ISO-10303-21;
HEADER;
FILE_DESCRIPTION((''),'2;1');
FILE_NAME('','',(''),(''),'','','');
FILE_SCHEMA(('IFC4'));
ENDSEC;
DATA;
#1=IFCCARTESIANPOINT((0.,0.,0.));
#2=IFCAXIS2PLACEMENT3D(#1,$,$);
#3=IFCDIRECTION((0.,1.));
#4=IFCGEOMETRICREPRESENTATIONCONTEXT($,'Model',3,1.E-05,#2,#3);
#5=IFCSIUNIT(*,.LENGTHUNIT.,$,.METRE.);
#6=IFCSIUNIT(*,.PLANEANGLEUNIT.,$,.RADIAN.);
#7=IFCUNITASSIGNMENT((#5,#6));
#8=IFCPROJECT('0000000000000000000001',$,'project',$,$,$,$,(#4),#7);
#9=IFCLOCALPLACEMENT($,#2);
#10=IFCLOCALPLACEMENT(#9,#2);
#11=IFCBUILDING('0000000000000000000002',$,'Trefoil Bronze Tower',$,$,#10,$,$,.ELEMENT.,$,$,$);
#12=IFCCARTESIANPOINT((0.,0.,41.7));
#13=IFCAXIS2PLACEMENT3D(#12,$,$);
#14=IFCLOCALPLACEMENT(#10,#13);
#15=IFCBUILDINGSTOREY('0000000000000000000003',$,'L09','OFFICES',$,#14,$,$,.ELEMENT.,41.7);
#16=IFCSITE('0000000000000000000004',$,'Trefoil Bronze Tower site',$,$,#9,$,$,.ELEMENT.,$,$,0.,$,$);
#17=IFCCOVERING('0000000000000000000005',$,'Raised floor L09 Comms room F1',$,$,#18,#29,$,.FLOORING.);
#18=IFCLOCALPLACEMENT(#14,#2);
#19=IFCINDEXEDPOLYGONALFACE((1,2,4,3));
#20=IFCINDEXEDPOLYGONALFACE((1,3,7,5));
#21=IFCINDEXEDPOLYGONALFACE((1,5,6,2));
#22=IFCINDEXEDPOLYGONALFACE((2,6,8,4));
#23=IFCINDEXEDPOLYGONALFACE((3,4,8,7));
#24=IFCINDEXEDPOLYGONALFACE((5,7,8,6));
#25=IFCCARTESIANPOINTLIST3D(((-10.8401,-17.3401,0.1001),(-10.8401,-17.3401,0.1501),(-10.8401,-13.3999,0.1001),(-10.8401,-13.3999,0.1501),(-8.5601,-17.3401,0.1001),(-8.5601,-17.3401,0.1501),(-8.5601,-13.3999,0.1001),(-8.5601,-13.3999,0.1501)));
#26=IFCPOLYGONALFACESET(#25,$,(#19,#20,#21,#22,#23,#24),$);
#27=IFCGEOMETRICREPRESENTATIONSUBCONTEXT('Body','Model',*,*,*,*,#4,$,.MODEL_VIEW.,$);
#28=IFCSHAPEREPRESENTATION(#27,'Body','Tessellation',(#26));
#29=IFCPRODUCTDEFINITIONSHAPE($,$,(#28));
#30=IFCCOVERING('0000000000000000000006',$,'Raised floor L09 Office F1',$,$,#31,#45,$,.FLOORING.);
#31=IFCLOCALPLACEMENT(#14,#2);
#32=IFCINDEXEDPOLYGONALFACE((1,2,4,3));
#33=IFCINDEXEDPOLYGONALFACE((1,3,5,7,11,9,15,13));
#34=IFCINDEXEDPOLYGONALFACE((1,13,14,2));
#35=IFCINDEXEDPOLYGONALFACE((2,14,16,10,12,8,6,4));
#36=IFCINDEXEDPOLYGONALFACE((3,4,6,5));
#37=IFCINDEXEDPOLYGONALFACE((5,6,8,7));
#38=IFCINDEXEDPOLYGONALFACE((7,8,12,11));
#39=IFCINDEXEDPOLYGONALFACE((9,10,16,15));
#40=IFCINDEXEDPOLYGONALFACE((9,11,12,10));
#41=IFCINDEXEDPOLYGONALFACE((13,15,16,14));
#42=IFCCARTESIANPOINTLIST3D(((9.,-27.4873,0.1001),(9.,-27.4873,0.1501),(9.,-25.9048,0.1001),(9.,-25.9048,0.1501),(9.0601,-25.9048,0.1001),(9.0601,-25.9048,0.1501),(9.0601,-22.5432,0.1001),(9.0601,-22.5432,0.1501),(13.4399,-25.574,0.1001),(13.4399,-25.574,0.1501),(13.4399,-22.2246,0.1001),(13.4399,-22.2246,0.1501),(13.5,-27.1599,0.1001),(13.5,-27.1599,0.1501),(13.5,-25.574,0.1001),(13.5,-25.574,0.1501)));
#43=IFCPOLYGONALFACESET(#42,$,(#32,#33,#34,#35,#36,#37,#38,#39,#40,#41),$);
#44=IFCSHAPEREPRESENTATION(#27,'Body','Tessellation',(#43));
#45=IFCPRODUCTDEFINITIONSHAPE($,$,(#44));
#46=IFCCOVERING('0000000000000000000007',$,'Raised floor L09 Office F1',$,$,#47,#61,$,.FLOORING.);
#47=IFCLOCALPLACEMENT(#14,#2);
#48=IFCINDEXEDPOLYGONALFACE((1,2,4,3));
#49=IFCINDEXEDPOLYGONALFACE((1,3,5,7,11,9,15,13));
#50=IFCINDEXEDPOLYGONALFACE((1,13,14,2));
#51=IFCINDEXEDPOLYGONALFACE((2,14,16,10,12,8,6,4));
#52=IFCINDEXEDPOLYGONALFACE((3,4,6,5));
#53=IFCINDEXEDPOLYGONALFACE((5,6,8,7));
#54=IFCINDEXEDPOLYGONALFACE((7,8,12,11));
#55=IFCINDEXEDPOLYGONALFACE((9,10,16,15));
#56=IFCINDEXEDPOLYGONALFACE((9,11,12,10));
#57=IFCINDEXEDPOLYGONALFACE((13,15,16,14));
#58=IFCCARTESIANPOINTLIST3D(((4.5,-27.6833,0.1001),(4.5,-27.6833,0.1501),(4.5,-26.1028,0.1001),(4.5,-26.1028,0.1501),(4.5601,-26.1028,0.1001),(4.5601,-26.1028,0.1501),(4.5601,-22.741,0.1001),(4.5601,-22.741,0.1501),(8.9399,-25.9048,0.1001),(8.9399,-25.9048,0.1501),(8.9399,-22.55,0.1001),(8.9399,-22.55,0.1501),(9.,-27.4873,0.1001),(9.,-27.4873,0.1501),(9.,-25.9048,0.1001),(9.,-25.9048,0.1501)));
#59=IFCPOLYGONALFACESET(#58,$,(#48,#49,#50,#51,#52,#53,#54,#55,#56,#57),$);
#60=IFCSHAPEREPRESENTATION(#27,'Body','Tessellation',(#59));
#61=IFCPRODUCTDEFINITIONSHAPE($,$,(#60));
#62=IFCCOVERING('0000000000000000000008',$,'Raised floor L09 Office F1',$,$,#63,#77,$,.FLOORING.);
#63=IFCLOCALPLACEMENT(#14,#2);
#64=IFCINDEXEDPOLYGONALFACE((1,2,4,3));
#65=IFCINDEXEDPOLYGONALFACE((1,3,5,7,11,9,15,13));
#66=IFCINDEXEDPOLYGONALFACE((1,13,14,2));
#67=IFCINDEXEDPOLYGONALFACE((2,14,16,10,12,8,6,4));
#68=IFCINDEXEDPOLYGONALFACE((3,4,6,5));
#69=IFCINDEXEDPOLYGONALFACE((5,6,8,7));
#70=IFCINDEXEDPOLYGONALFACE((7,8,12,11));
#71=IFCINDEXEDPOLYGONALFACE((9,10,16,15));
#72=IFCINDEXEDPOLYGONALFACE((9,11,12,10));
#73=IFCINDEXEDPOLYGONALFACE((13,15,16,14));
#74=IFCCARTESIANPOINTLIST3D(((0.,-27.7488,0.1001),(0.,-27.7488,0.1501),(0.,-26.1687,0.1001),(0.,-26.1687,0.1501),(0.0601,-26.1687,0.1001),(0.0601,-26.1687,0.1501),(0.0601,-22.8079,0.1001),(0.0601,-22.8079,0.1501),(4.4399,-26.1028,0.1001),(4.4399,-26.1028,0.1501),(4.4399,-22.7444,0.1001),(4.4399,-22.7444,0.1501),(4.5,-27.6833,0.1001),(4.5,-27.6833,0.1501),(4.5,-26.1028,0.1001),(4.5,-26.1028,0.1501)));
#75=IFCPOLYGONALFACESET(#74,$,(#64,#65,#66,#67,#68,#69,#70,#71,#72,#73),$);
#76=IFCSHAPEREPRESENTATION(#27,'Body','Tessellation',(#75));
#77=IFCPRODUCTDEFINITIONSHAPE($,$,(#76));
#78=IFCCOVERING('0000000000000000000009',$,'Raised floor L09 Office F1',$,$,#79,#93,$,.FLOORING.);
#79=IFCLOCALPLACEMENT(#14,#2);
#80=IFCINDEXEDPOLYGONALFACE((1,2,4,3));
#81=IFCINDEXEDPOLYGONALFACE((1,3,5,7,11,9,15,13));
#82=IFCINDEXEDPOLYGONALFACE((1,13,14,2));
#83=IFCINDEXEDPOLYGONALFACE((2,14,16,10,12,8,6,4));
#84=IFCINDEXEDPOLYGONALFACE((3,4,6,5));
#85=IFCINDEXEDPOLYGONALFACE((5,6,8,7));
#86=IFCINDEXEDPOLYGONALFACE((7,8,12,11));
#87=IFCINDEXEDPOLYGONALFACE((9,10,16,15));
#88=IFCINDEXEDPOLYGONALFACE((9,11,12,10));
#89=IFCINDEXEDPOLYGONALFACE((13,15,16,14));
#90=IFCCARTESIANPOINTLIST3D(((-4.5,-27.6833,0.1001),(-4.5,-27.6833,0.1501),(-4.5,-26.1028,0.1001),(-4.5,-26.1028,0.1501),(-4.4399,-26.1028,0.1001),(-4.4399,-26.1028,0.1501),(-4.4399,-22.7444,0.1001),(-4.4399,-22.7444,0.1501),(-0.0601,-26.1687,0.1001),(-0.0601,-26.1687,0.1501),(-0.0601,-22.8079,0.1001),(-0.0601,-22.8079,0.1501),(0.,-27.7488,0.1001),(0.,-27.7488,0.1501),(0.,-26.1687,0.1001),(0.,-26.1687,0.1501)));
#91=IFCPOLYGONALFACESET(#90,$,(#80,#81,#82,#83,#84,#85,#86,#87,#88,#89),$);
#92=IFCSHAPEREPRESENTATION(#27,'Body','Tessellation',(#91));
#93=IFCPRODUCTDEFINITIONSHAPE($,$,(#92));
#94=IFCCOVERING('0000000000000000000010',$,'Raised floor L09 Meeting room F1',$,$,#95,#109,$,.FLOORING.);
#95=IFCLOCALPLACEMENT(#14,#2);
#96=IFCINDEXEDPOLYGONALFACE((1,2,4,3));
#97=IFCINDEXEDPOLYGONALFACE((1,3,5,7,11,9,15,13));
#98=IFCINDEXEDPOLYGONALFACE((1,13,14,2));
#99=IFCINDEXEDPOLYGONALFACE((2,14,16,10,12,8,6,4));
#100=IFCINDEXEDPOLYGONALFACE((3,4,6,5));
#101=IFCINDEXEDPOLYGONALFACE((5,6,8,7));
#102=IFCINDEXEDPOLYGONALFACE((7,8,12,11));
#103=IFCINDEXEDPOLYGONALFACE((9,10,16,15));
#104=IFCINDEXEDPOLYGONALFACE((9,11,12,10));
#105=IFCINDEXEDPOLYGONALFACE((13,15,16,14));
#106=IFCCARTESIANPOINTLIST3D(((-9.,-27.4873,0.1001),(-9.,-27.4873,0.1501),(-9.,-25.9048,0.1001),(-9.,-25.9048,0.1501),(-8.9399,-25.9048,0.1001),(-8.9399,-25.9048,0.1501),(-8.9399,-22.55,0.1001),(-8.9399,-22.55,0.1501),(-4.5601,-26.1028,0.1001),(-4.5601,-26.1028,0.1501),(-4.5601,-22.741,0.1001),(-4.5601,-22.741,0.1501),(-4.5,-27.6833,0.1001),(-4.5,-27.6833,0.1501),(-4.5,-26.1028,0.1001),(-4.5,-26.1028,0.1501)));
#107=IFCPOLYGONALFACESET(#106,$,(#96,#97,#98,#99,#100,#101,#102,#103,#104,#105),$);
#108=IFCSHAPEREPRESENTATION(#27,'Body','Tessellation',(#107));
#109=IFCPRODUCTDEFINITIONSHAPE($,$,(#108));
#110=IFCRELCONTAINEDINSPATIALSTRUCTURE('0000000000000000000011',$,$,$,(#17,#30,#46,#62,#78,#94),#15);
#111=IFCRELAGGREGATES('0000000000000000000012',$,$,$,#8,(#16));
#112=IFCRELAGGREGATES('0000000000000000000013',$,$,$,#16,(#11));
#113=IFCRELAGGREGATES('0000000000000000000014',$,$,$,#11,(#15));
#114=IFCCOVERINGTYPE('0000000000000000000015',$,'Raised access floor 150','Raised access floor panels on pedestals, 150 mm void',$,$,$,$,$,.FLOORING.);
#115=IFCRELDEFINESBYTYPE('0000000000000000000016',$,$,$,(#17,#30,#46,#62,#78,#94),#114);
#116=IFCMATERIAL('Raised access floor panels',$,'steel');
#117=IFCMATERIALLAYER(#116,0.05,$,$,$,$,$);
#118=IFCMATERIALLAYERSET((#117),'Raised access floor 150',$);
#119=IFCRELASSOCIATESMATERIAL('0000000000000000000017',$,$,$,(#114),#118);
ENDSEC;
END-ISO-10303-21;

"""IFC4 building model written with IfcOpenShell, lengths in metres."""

from ifc_helpers import new_model, si_unit, direction, frame, origin, place, context, subcontext, project, spatial, polyline, outline, extrude, material, layer, layer_set, type_object, element, save


model = new_model("IFC4")

# Units and contexts
model_context = context("Model", 3, precision=1e-05, world=origin(), true_north=direction((0.0, 1.0)))
body_context = subcontext(model_context, "Body", "Model", "MODEL_VIEW")
ifc_project = project(units=[si_unit("LENGTHUNIT", "METRE"), si_unit("PLANEANGLEUNIT", "RADIAN")], contexts=[model_context])

# Site, building, storey
site_placement = place(None, origin())
site = spatial("IfcSite", under=ifc_project, at=site_placement, Name="Trefoil Bronze Tower site", CompositionType="ELEMENT", RefElevation=0.0)
building_placement = place(site_placement, origin())
building = spatial("IfcBuilding", under=site, at=building_placement, Name="Trefoil Bronze Tower", CompositionType="ELEMENT")
storey_placement = place(building_placement, frame((0.0, 0.0, 41.7)))
storey = spatial("IfcBuildingStorey", under=building, at=storey_placement, Name="L09", Description="OFFICES", CompositionType="ELEMENT", Elevation=41.7)

# Coverings
ifc_material_1 = material(Name="Raised access floor panels", Category="steel")
ifc_layer_1 = layer(ifc_material_1, 0.05)
ifc_layer_set_1 = layer_set([ifc_layer_1], Name="Raised access floor 150")
covering_type_1 = type_object("IfcCoveringType", Name="Raised access floor 150", Description="Raised access floor panels on pedestals, 150 mm void", PredefinedType="FLOORING", material=ifc_layer_set_1)
covering_1_placement = place(storey_placement, frame((0.0, 0.0, 0.1001)))
element("IfcCovering", 1, at=covering_1_placement, inside=storey, type_object=covering_type_1, Name="Raised floor L09 Comms room F1", PredefinedType="FLOORING", context=body_context, shape_type="SweptSolid", body=[
    extrude(outline(polyline([(-8.5601, -13.3999), (-8.5601, -17.3401), (-10.8401, -17.3401), (-10.8401, -13.3999), (-8.5601, -13.3999)])), origin(), (0.0, 0.0, 1.0), 0.05),
])
covering_2_placement = place(storey_placement, frame((0.0, 0.0, 0.1001)))
element("IfcCovering", 2, at=covering_2_placement, inside=storey, type_object=covering_type_1, Name="Raised floor L09 Office F1", PredefinedType="FLOORING", context=body_context, shape_type="SweptSolid", body=[
    extrude(outline(polyline([(13.5, -27.1599), (9.0, -27.4873), (9.0, -25.9048), (9.0601, -25.9048), (9.0601, -22.5432), (13.4399, -22.2246), (13.4399, -25.574), (13.5, -25.574), (13.5, -27.1599)])), origin(), (0.0, 0.0, 1.0), 0.05),
])
covering_3_placement = place(storey_placement, frame((0.0, 0.0, 0.1001)))
element("IfcCovering", 3, at=covering_3_placement, inside=storey, type_object=covering_type_1, Name="Raised floor L09 Office F1", PredefinedType="FLOORING", context=body_context, shape_type="SweptSolid", body=[
    extrude(outline(polyline([(9.0, -27.4873), (4.5, -27.6833), (4.5, -26.1028), (4.5601, -26.1028), (4.5601, -22.741), (8.9399, -22.55), (8.9399, -25.9048), (9.0, -25.9048), (9.0, -27.4873)])), origin(), (0.0, 0.0, 1.0), 0.05),
])
covering_4_placement = place(storey_placement, frame((0.0, 0.0, 0.1001)))
element("IfcCovering", 4, at=covering_4_placement, inside=storey, type_object=covering_type_1, Name="Raised floor L09 Office F1", PredefinedType="FLOORING", context=body_context, shape_type="SweptSolid", body=[
    extrude(outline(polyline([(4.5, -27.6833), (0.0, -27.7488), (0.0, -26.1687), (0.0601, -26.1687), (0.0601, -22.8079), (4.4399, -22.7444), (4.4399, -26.1028), (4.5, -26.1028), (4.5, -27.6833)])), origin(), (0.0, 0.0, 1.0), 0.05),
])
covering_5_placement = place(storey_placement, frame((0.0, 0.0, 0.1001)))
element("IfcCovering", 5, at=covering_5_placement, inside=storey, type_object=covering_type_1, Name="Raised floor L09 Office F1", PredefinedType="FLOORING", context=body_context, shape_type="SweptSolid", body=[
    extrude(outline(polyline([(0.0, -27.7488), (-4.5, -27.6833), (-4.5, -26.1028), (-4.4399, -26.1028), (-4.4399, -22.7444), (-0.0601, -22.8079), (-0.0601, -26.1687), (0.0, -26.1687), (0.0, -27.7488)])), origin(), (0.0, 0.0, 1.0), 0.05),
])
covering_6_placement = place(storey_placement, frame((0.0, 0.0, 0.1001)))
element("IfcCovering", 6, at=covering_6_placement, inside=storey, type_object=covering_type_1, Name="Raised floor L09 Meeting room F1", PredefinedType="FLOORING", context=body_context, shape_type="SweptSolid", body=[
    extrude(outline(polyline([(-4.5, -27.6833), (-9.0, -27.4873), (-9.0, -25.9048), (-8.9399, -25.9048), (-8.9399, -22.55), (-4.5601, -22.741), (-4.5601, -26.1028), (-4.5, -26.1028), (-4.5, -27.6833)])), origin(), (0.0, 0.0, 1.0), 0.05),
])

save(model, "model.ifc")
